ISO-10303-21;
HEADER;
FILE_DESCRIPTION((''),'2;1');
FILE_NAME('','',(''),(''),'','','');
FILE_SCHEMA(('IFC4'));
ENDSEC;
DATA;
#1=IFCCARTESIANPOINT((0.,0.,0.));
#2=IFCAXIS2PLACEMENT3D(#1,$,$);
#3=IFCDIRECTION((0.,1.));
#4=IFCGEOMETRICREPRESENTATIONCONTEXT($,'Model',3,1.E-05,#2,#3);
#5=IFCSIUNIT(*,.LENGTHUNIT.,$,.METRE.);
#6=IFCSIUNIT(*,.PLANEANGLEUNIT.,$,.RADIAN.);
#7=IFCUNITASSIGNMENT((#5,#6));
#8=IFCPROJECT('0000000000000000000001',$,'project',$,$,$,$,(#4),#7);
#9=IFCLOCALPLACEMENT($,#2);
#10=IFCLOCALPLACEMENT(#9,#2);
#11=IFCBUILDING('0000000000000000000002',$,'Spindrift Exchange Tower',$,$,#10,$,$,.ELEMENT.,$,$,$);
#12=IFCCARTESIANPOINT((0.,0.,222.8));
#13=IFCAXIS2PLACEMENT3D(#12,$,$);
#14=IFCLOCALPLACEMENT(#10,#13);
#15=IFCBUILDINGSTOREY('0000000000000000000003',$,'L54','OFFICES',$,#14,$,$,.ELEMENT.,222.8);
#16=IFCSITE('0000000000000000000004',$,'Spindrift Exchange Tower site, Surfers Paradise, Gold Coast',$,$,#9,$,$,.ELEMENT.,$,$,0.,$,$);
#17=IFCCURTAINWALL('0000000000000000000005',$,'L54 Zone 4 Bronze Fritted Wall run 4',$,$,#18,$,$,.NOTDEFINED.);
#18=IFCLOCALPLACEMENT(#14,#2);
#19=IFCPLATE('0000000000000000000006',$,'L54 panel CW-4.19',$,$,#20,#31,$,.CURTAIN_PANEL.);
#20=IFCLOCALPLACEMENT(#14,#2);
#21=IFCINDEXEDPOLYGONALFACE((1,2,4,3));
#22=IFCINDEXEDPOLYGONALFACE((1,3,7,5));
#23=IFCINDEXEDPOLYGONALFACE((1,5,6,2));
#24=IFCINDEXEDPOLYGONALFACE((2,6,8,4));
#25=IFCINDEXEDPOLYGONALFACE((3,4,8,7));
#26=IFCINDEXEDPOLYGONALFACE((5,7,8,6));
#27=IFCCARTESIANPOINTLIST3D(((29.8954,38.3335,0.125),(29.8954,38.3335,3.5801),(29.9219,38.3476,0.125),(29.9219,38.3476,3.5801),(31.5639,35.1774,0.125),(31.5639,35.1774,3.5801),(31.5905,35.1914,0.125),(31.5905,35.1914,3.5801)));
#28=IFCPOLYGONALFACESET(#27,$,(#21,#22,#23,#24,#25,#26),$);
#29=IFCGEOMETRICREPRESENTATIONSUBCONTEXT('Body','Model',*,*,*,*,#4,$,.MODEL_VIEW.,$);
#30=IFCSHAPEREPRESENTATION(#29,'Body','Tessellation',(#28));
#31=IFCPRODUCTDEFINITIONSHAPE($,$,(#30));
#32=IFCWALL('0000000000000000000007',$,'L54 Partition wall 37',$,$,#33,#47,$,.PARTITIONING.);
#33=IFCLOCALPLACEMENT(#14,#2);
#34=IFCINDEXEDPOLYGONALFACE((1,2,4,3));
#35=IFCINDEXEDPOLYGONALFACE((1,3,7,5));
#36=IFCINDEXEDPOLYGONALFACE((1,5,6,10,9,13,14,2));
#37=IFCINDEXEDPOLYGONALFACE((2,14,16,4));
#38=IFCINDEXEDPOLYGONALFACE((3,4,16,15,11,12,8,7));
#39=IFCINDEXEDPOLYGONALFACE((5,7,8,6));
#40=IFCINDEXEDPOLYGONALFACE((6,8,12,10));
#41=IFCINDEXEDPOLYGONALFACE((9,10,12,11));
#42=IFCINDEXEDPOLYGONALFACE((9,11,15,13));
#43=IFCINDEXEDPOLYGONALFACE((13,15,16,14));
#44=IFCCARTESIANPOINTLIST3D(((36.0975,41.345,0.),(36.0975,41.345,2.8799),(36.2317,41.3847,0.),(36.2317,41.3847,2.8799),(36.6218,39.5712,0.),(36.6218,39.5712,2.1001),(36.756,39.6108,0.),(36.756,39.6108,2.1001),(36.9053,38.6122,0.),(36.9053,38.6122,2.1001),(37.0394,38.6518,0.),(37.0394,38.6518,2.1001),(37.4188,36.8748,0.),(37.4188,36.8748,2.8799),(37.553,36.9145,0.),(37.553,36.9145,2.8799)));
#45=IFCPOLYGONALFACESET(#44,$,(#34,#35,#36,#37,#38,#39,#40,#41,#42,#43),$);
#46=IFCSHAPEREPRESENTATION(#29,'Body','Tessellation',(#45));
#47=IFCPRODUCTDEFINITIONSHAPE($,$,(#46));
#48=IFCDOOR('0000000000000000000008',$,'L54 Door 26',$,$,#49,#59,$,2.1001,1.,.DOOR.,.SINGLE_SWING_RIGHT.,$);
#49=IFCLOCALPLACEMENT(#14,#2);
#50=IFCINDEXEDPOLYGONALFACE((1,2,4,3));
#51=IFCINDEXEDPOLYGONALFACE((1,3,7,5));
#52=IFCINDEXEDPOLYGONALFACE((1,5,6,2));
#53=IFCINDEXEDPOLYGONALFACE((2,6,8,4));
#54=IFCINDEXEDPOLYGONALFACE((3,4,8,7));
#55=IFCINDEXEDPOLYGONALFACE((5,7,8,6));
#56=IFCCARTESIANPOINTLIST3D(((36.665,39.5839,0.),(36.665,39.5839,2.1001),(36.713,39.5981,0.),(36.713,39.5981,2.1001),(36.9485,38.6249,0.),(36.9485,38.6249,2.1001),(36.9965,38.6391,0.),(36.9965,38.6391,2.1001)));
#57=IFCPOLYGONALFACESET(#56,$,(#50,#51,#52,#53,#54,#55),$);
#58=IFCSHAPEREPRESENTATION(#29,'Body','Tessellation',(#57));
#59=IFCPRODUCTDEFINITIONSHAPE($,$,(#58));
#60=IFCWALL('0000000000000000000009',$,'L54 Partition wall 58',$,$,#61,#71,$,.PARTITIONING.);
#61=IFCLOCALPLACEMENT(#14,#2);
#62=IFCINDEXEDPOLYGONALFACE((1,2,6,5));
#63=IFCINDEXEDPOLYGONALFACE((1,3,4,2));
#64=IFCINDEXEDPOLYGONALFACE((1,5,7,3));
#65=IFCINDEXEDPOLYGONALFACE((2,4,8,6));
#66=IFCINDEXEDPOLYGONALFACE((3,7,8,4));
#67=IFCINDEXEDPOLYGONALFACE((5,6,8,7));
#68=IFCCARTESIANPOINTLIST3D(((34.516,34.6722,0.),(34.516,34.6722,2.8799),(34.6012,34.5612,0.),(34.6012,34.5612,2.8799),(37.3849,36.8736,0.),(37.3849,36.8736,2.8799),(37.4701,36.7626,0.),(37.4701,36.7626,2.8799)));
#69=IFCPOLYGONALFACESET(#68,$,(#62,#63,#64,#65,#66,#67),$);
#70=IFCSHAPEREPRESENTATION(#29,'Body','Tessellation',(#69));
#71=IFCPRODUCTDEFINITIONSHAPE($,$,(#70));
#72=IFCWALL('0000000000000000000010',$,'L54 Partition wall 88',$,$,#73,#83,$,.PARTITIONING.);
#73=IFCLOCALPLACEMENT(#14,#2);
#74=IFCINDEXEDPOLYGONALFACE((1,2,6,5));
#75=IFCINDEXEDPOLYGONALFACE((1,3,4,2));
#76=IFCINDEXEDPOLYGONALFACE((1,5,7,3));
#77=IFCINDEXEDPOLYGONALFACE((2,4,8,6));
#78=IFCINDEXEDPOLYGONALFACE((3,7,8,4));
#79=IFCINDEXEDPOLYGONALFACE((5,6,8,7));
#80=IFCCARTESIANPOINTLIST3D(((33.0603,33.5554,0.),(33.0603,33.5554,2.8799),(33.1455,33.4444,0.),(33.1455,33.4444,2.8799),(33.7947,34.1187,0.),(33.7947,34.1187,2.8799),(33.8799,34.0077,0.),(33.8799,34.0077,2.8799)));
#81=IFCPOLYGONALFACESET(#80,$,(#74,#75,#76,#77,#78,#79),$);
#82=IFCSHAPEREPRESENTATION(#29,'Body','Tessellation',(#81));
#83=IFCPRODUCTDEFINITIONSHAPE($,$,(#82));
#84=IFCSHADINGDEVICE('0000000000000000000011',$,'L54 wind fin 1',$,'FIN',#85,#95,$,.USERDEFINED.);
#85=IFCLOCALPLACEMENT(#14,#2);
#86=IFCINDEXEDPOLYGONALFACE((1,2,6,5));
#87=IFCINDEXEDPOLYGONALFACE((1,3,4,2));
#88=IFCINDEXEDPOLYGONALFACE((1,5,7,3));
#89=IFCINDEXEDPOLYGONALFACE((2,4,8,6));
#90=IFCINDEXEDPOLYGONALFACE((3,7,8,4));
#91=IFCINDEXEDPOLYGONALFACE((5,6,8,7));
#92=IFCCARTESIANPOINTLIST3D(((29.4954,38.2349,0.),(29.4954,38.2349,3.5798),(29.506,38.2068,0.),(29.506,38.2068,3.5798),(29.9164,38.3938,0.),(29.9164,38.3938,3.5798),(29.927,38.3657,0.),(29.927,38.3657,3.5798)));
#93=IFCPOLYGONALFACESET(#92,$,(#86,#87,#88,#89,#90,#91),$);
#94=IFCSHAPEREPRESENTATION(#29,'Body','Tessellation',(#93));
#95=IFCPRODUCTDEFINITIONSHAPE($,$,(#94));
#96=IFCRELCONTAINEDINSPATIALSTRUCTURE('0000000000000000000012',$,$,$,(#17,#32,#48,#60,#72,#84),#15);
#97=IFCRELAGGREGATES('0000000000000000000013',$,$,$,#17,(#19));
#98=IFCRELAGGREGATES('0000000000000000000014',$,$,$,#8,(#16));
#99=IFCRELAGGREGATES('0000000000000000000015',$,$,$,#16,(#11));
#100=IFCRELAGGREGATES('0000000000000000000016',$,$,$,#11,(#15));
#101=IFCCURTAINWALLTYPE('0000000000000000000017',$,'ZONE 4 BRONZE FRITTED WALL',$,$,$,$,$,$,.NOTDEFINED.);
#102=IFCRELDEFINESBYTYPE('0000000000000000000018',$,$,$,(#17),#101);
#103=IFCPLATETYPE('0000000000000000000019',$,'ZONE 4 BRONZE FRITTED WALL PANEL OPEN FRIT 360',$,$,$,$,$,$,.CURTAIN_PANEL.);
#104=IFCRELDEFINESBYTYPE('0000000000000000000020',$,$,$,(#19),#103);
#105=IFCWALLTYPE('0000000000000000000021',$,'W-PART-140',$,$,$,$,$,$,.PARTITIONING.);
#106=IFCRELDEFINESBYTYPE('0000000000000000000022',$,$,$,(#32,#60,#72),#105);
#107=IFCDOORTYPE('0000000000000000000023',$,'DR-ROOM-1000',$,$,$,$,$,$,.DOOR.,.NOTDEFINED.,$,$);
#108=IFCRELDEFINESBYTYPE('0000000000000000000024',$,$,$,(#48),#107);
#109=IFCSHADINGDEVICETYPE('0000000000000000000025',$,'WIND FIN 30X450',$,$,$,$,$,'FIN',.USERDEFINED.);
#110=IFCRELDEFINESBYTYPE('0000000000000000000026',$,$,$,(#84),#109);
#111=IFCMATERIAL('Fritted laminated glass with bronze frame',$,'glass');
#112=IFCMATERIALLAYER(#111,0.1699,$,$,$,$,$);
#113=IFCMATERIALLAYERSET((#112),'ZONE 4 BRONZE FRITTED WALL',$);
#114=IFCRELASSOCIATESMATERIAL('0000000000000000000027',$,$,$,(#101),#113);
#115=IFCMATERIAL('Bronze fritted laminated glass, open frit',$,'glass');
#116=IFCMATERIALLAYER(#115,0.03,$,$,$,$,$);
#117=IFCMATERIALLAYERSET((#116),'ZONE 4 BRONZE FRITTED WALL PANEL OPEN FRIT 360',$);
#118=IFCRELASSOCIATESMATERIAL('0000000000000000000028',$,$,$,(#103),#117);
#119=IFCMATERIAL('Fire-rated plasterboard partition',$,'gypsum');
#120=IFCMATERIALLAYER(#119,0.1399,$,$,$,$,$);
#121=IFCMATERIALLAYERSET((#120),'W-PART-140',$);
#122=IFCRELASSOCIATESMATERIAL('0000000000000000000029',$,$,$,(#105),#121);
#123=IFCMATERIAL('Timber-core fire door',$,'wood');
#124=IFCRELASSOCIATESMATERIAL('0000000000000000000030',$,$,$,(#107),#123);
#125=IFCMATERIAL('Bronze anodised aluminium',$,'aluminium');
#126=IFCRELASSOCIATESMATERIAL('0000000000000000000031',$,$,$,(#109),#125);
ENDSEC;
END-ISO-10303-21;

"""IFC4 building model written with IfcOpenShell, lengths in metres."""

from ifc_helpers import new_model, si_unit, direction, frame, frame_2d, origin, origin_2d, place, context, subcontext, project, spatial, rectangle, extrude, source, transform, mapped, material, layer, layer_set, material_profile, profile_set, type_object, element, fill, aggregate, save


model = new_model("IFC4")

# Units and contexts
model_context = context("Model", 3, precision=1e-05, world=origin(), true_north=direction((0.0, 1.0)))
body_context = subcontext(model_context, "Body", "Model", "MODEL_VIEW")
ifc_project = project(units=[si_unit("LENGTHUNIT", "METRE"), si_unit("PLANEANGLEUNIT", "RADIAN")], contexts=[model_context])

# Site, building, storey
site_placement = place(None, origin())
site = spatial("IfcSite", under=ifc_project, at=site_placement, Name="Spindrift Exchange Tower site, Surfers Paradise, Gold Coast", CompositionType="ELEMENT", RefElevation=0.0)
building_placement = place(site_placement, origin())
building = spatial("IfcBuilding", under=site, at=building_placement, Name="Spindrift Exchange Tower", CompositionType="ELEMENT")
storey_placement = place(building_placement, frame((0.0, 0.0, 222.8)))
storey = spatial("IfcBuildingStorey", under=building, at=storey_placement, Name="L54", Description="OFFICES", CompositionType="ELEMENT", Elevation=222.8)

# Curtain wall
ifc_material_1 = material(Name="Fritted laminated glass with bronze frame", Category="glass")
ifc_layer_1 = layer(ifc_material_1, 0.1699)
ifc_layer_set_1 = layer_set([ifc_layer_1], Name="ZONE 4 BRONZE FRITTED WALL")
curtain_wall_type = type_object("IfcCurtainWallType", Name="ZONE 4 BRONZE FRITTED WALL", PredefinedType="NOTDEFINED", material=ifc_layer_set_1)
curtain_wall_placement = place(storey_placement, origin())
curtain_wall = element("IfcCurtainWall", 1, at=curtain_wall_placement, inside=storey, type_object=curtain_wall_type, Name="L54 Zone 4 Bronze Fritted Wall run 4", PredefinedType="NOTDEFINED")
ifc_material_2 = material(Name="Bronze anodised aluminium", Category="aluminium")

# Plate
ifc_material_3 = material(Name="Bronze fritted laminated glass, open frit", Category="glass")
ifc_layer_2 = layer(ifc_material_3, 0.03)
ifc_layer_set_2 = layer_set([ifc_layer_2], Name="ZONE 4 BRONZE FRITTED WALL PANEL OPEN FRIT 360")
plate_type_1 = type_object("IfcPlateType", Name="ZONE 4 BRONZE FRITTED WALL PANEL OPEN FRIT 360", PredefinedType="CURTAIN_PANEL", material=ifc_layer_set_2)
shared_shape_1 = source(origin(), body_context, "Body", "SweptSolid", [
    extrude(rectangle(XDim=3.5701, YDim=0.03, at=origin_2d()), origin(), (0.0, 0.0, 1.0), 3.4551),
])
plate_1_placement = place(storey_placement, frame((30.7429, 36.7625, 0.125), z_axis=(0.0, 0.0, 1.0), x_axis=(0.467368, -0.884063, 0.0)))
plate_1 = element("IfcPlate", 2, at=plate_1_placement, type_object=plate_type_1, Name="L54 panel CW-4.19", PredefinedType="CURTAIN_PANEL", context=body_context, shape_type="MappedRepresentation", body=[
    mapped(shared_shape_1, transform((0.0, 0.0, 0.0), scale=1.0)),
])
aggregate(curtain_wall, [plate_1])

# Wall, opening, door
ifc_material_4 = material(Name="Fire-rated plasterboard partition", Category="gypsum")
ifc_layer_3 = layer(ifc_material_4, 0.1399)
ifc_layer_set_3 = layer_set([ifc_layer_3], Name="W-PART-140")
wall_type = type_object("IfcWallType", Name="W-PART-140", PredefinedType="PARTITIONING", material=ifc_layer_set_3)
wall_1_placement = place(storey_placement, frame((37.4858, 36.8948, 0.0), z_axis=(0.0, 0.0, 1.0), x_axis=(-0.283453, 0.958986, 0.0)))
wall_1 = element("IfcWall", 3, at=wall_1_placement, inside=storey, type_object=wall_type, Name="L54 Partition wall 37", PredefinedType="PARTITIONING", context=body_context, shape_type="SweptSolid", body=[
    extrude(rectangle(XDim=4.6614, YDim=0.1399, at=frame_2d((2.3306, 0.0))), origin(), (0.0, 0.0, 1.0), 2.8799),
])
opening_placement = place(wall_1_placement, frame((1.8115, 0.0, 0.0)))
opening = element("IfcOpeningElement", 4, at=opening_placement, cuts=wall_1, PredefinedType="OPENING", context=body_context, shape_type="SweptSolid", body=[
    extrude(rectangle(XDim=1.0, YDim=2.1001, at=frame_2d((0.5, 1.05))), frame((0.0, 0.0798, 0.0), z_axis=(0.0, -1.0, 0.0), x_axis=(1.0, 0.0, 0.0)), (0.0, 0.0, 1.0), 0.1599),
])
ifc_material_5 = material(Name="Timber-core fire door", Category="wood")
door_type = type_object("IfcDoorType", Name="DR-ROOM-1000", OperationType="NOTDEFINED", PredefinedType="DOOR", material=ifc_material_5)
shared_shape_2 = source(origin(), body_context, "Body", "SweptSolid", [
    extrude(rectangle(XDim=1.0, YDim=2.1001, at=frame_2d((0.5, 1.05))), frame((0.0, 0.0249, 0.0), z_axis=(0.0, -1.0, 0.0), x_axis=(1.0, 0.0, 0.0)), (0.0, 0.0, 1.0), 0.05),
])
door_placement = place(opening_placement, origin())
door = element("IfcDoor", 5, at=door_placement, inside=storey, type_object=door_type, Name="L54 Door 26", OperationType="SINGLE_SWING_RIGHT", OverallHeight=2.1001, OverallWidth=1.0, PredefinedType="DOOR", context=body_context, shape_type="MappedRepresentation", body=[
    mapped(shared_shape_2, transform((0.0, 0.0, 0.0), scale=1.0)),
])
fill(opening, door)

# Walls
wall_2_placement = place(storey_placement, frame((37.4275, 36.8181, 0.0), z_axis=(0.0, 0.0, 1.0), x_axis=(-0.793349, -0.608767, 0.0)))
element("IfcWall", 6, at=wall_2_placement, inside=storey, type_object=wall_type, Name="L54 Partition wall 58", PredefinedType="PARTITIONING", context=body_context, shape_type="SweptSolid", body=[
    extrude(rectangle(XDim=3.6162, YDim=0.1399, at=frame_2d((1.8081, 0.0))), origin(), (0.0, 0.0, 1.0), 2.8799),
])
wall_3_placement = place(storey_placement, frame((33.8374, 34.0632, 0.0), z_axis=(0.0, 0.0, 1.0), x_axis=(-0.793496, -0.608576, 0.0)))
element("IfcWall", 7, at=wall_3_placement, inside=storey, type_object=wall_type, Name="L54 Partition wall 88", PredefinedType="PARTITIONING", context=body_context, shape_type="SweptSolid", body=[
    extrude(rectangle(XDim=0.9255, YDim=0.1399, at=frame_2d((0.4629, 0.0))), origin(), (0.0, 0.0, 1.0), 2.8799),
])

# Shading device
ifc_material_profile_1 = material_profile(ifc_material_2, rectangle(XDim=0.03, YDim=0.45, at=origin_2d()), Name="WIND FIN 30X450")
ifc_profile_set_1 = profile_set([ifc_material_profile_1], Name="Bronze anodised aluminium")
shading_device_type = type_object("IfcShadingDeviceType", Name="WIND FIN 30X450", ElementType="FIN", PredefinedType="USERDEFINED", material=ifc_profile_set_1)
shared_shape_3 = source(origin(), body_context, "Body", "SweptSolid", [
    extrude(rectangle(XDim=0.03, YDim=0.45, at=origin_2d()), origin(), (0.0, 0.0, 1.0), 3.5798),
])
shading_device_placement = place(storey_placement, frame((29.7112, 38.3003, 0.0), z_axis=(0.0, 0.0, 1.0), x_axis=(0.353065, -0.935599, 0.0)))
element("IfcShadingDevice", 8, at=shading_device_placement, inside=storey, type_object=shading_device_type, Name="L54 wind fin 1", ObjectType="FIN", PredefinedType="USERDEFINED", context=body_context, shape_type="MappedRepresentation", body=[
    mapped(shared_shape_3, transform((0.0, 0.0, 0.0), scale=1.0)),
])

save(model, "model.ifc")
